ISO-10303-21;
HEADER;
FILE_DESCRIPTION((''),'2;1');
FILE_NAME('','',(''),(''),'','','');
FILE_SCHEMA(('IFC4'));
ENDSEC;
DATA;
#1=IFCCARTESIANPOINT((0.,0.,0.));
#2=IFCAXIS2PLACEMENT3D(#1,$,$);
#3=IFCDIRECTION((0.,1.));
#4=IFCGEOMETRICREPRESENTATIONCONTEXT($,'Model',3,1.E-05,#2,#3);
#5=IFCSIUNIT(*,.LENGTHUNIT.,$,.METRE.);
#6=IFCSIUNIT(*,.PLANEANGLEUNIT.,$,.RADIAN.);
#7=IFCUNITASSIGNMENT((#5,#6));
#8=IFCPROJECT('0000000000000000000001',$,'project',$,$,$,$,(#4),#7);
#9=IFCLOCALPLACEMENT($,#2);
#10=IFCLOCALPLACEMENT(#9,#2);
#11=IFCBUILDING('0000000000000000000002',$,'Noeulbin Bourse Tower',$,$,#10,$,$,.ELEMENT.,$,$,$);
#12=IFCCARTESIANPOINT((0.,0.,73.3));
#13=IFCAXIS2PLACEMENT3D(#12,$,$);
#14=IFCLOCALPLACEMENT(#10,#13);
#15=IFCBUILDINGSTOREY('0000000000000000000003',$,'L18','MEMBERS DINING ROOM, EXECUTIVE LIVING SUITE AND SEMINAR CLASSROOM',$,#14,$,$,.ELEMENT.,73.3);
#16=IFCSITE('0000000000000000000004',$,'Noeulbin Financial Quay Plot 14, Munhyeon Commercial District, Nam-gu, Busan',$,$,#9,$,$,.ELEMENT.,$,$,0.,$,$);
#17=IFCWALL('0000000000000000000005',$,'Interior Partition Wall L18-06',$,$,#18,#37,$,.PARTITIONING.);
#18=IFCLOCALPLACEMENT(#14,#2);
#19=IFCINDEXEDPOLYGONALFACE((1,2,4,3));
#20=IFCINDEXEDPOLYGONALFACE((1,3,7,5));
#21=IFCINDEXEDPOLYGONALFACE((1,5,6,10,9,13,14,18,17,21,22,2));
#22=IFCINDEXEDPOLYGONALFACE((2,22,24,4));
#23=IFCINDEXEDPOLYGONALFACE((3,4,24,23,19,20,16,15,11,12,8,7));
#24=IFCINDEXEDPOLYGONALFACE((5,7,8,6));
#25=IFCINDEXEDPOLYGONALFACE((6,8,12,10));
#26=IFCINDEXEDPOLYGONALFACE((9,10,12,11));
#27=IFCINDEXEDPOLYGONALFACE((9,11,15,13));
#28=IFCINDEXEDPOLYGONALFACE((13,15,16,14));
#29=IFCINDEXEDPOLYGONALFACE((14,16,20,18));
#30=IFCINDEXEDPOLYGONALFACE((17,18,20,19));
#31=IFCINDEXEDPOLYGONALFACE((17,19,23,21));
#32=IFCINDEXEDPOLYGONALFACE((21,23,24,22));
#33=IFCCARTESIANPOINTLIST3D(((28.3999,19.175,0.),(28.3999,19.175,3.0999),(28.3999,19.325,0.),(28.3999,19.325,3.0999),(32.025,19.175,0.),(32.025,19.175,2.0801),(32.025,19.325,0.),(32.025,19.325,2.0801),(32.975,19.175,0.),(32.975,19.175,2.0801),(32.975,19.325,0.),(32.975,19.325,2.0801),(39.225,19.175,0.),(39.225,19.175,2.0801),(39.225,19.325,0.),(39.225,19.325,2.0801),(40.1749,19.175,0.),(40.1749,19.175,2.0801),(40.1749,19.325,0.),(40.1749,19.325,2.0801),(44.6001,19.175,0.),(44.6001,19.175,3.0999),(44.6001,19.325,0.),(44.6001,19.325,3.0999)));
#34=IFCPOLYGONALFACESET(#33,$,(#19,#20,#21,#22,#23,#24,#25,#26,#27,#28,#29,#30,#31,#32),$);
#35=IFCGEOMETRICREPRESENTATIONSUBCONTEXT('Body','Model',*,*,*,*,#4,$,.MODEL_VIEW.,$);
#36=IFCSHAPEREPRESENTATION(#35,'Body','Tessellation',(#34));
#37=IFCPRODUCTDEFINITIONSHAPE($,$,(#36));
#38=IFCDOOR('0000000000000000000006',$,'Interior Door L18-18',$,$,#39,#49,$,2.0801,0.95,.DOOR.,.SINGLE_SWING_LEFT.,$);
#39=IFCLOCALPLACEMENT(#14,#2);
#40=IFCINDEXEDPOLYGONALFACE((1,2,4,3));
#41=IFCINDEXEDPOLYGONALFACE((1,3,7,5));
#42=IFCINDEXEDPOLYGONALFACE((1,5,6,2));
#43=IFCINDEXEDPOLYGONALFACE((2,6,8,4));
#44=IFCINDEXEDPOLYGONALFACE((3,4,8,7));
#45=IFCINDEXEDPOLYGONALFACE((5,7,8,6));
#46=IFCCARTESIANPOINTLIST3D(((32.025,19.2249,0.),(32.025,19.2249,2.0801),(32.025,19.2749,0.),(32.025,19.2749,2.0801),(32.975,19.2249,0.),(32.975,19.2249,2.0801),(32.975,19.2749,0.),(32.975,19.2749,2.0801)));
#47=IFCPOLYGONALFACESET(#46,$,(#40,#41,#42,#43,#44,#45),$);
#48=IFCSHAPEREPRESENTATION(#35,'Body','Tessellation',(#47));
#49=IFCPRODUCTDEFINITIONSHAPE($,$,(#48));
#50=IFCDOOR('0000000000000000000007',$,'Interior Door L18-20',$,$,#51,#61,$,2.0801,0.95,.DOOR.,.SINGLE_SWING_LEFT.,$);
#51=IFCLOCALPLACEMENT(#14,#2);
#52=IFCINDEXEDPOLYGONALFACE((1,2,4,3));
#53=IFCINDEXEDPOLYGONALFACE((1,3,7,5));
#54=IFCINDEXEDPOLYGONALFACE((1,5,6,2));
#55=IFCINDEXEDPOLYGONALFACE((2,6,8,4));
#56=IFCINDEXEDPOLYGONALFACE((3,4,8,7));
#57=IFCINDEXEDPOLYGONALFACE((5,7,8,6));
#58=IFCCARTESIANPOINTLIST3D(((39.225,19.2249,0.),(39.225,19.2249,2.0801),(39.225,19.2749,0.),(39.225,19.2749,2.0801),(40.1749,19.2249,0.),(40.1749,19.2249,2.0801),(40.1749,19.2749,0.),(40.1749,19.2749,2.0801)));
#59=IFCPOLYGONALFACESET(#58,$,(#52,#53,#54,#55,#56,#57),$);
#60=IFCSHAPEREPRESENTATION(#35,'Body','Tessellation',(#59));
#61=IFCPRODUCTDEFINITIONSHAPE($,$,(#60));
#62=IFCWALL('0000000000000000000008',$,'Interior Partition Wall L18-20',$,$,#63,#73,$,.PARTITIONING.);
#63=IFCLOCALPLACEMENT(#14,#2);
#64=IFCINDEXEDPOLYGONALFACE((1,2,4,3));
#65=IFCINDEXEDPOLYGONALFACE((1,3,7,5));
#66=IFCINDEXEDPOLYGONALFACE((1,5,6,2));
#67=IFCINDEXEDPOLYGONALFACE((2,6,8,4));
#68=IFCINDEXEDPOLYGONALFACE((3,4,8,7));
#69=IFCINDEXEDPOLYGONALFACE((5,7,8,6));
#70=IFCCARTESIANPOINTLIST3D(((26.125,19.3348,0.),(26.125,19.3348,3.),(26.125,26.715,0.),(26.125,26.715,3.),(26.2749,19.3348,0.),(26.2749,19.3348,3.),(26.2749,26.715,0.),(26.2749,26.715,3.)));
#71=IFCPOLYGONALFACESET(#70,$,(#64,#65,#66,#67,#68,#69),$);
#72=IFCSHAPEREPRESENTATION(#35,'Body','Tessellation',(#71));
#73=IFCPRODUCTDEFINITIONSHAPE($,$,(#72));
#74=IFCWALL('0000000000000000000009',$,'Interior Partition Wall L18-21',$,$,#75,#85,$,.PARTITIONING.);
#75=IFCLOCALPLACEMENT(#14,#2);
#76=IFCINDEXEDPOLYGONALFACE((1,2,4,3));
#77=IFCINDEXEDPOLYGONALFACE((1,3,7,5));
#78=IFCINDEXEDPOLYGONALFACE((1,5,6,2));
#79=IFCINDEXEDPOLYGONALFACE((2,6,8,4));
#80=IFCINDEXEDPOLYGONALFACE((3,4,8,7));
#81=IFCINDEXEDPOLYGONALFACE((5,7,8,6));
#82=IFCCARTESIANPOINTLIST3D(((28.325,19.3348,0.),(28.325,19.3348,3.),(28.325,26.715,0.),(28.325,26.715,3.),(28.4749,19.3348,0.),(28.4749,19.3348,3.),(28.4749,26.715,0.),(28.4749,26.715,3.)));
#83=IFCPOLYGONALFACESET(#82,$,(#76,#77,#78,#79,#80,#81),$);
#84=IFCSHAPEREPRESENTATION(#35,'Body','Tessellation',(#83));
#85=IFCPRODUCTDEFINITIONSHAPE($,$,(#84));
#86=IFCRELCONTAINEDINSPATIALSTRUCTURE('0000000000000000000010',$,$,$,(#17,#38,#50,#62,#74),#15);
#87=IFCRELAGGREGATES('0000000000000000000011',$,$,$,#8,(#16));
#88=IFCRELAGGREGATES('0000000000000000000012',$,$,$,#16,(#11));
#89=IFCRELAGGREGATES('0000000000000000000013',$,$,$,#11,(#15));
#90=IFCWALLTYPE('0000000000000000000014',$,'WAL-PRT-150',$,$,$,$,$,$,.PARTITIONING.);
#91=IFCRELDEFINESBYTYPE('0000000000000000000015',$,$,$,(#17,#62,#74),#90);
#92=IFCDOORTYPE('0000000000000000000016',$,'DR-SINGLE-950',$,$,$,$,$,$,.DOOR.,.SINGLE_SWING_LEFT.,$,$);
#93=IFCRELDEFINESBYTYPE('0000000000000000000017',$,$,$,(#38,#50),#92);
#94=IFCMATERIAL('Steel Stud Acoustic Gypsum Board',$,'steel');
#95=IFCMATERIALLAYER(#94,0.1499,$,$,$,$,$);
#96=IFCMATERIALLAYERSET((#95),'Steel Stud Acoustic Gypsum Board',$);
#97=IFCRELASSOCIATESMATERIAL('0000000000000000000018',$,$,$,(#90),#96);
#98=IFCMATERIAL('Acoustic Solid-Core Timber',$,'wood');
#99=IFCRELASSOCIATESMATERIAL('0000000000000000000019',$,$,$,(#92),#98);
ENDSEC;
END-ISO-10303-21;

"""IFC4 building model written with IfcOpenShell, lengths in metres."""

from ifc_helpers import new_model, si_unit, direction, frame, frame_2d, origin, place, context, subcontext, project, spatial, rectangle, extrude, material, layer, layer_set, type_object, element, fill, save


model = new_model("IFC4")

# Units and contexts
model_context = context("Model", 3, precision=1e-05, world=origin(), true_north=direction((0.0, 1.0)))
body_context = subcontext(model_context, "Body", "Model", "MODEL_VIEW")
ifc_project = project(units=[si_unit("LENGTHUNIT", "METRE"), si_unit("PLANEANGLEUNIT", "RADIAN")], contexts=[model_context])

# Site, building, storey
site_placement = place(None, origin())
site = spatial("IfcSite", under=ifc_project, at=site_placement, Name="Noeulbin Financial Quay Plot 14, Munhyeon Commercial District, Nam-gu, Busan", CompositionType="ELEMENT", RefElevation=0.0)
building_placement = place(site_placement, origin())
building = spatial("IfcBuilding", under=site, at=building_placement, Name="Noeulbin Bourse Tower", CompositionType="ELEMENT")
storey_placement = place(building_placement, frame((0.0, 0.0, 73.3)))
storey = spatial("IfcBuildingStorey", under=building, at=storey_placement, Name="L18", Description="MEMBERS DINING ROOM, EXECUTIVE LIVING SUITE AND SEMINAR CLASSROOM", CompositionType="ELEMENT", Elevation=73.3)

# Wall, openings, doors
ifc_material_1 = material(Name="Steel Stud Acoustic Gypsum Board", Category="steel")
ifc_layer_1 = layer(ifc_material_1, 0.1499)
ifc_layer_set_1 = layer_set([ifc_layer_1], Name="Steel Stud Acoustic Gypsum Board")
wall_type_1 = type_object("IfcWallType", Name="WAL-PRT-150", PredefinedType="PARTITIONING", material=ifc_layer_set_1)
wall_1_placement = place(storey_placement, frame((28.3999, 19.25, 0.0), z_axis=(0.0, 0.0, 1.0), x_axis=(1.0, 0.0, 0.0)))
wall_1 = element("IfcWall", 1, at=wall_1_placement, inside=storey, type_object=wall_type_1, Name="Interior Partition Wall L18-06", PredefinedType="PARTITIONING", context=body_context, shape_type="SweptSolid", body=[
    extrude(rectangle(XDim=16.2002, YDim=0.1499, at=frame_2d((8.1001, 0.0))), origin(), (0.0, 0.0, 1.0), 3.0999),
])
opening_1_placement = place(wall_1_placement, frame((3.625, 0.0, 0.0)))
opening_1 = element("IfcOpeningElement", 2, at=opening_1_placement, cuts=wall_1, PredefinedType="OPENING", context=body_context, shape_type="SweptSolid", body=[
    extrude(rectangle(XDim=0.95, YDim=2.0801, at=frame_2d((0.4751, 1.04))), frame((0.0, 0.085, 0.0), z_axis=(0.0, -1.0, 0.0), x_axis=(1.0, 0.0, 0.0)), (0.0, 0.0, 1.0), 0.1699),
])
opening_2_placement = place(wall_1_placement, frame((10.825, 0.0, 0.0)))
opening_2 = element("IfcOpeningElement", 3, at=opening_2_placement, cuts=wall_1, PredefinedType="OPENING", context=body_context, shape_type="SweptSolid", body=[
    extrude(rectangle(XDim=0.95, YDim=2.0801, at=frame_2d((0.4751, 1.04))), frame((0.0, 0.085, 0.0), z_axis=(0.0, -1.0, 0.0), x_axis=(1.0, 0.0, 0.0)), (0.0, 0.0, 1.0), 0.1699),
])
ifc_material_2 = material(Name="Acoustic Solid-Core Timber", Category="wood")
door_type = type_object("IfcDoorType", Name="DR-SINGLE-950", OperationType="SINGLE_SWING_LEFT", PredefinedType="DOOR", material=ifc_material_2)
door_1_placement = place(opening_1_placement, origin())
door_1 = element("IfcDoor", 4, at=door_1_placement, inside=storey, type_object=door_type, Name="Interior Door L18-18", OperationType="SINGLE_SWING_LEFT", OverallHeight=2.0801, OverallWidth=0.95, PredefinedType="DOOR", context=body_context, shape_type="SweptSolid", body=[
    extrude(rectangle(XDim=0.95, YDim=2.0801, at=frame_2d((0.4751, 1.04))), frame((0.0, 0.0249, 0.0), z_axis=(0.0, -1.0, 0.0), x_axis=(1.0, 0.0, 0.0)), (0.0, 0.0, 1.0), 0.05),
])
fill(opening_1, door_1)
door_2_placement = place(opening_2_placement, origin())
door_2 = element("IfcDoor", 5, at=door_2_placement, inside=storey, type_object=door_type, Name="Interior Door L18-20", OperationType="SINGLE_SWING_LEFT", OverallHeight=2.0801, OverallWidth=0.95, PredefinedType="DOOR", context=body_context, shape_type="SweptSolid", body=[
    extrude(rectangle(XDim=0.95, YDim=2.0801, at=frame_2d((0.4751, 1.04))), frame((0.0, 0.0249, 0.0), z_axis=(0.0, -1.0, 0.0), x_axis=(1.0, 0.0, 0.0)), (0.0, 0.0, 1.0), 0.05),
])
fill(opening_2, door_2)

# Walls
for number, where, z_axis, x_axis, name in (
    (6, (26.2, 19.335, 0.0), (0.0, 0.0, 1.0), (0.0, 1.0, 0.0), "Interior Partition Wall L18-20"),
    (7, (28.3999, 19.335, 0.0), (0.0, 0.0, 1.0), (0.0, 1.0, 0.0), "Interior Partition Wall L18-21"),
):
    element("IfcWall", number, at=place(storey_placement, frame(where, z_axis=z_axis, x_axis=x_axis)), inside=storey, type_object=wall_type_1, Name=name, PredefinedType="PARTITIONING", context=body_context, shape_type="SweptSolid", body=[
        extrude(rectangle(XDim=7.3801, YDim=0.1499, at=frame_2d((3.6899, 0.0))), origin(), (0.0, 0.0, 1.0), 3.0),
    ])

save(model, "model.ifc")
